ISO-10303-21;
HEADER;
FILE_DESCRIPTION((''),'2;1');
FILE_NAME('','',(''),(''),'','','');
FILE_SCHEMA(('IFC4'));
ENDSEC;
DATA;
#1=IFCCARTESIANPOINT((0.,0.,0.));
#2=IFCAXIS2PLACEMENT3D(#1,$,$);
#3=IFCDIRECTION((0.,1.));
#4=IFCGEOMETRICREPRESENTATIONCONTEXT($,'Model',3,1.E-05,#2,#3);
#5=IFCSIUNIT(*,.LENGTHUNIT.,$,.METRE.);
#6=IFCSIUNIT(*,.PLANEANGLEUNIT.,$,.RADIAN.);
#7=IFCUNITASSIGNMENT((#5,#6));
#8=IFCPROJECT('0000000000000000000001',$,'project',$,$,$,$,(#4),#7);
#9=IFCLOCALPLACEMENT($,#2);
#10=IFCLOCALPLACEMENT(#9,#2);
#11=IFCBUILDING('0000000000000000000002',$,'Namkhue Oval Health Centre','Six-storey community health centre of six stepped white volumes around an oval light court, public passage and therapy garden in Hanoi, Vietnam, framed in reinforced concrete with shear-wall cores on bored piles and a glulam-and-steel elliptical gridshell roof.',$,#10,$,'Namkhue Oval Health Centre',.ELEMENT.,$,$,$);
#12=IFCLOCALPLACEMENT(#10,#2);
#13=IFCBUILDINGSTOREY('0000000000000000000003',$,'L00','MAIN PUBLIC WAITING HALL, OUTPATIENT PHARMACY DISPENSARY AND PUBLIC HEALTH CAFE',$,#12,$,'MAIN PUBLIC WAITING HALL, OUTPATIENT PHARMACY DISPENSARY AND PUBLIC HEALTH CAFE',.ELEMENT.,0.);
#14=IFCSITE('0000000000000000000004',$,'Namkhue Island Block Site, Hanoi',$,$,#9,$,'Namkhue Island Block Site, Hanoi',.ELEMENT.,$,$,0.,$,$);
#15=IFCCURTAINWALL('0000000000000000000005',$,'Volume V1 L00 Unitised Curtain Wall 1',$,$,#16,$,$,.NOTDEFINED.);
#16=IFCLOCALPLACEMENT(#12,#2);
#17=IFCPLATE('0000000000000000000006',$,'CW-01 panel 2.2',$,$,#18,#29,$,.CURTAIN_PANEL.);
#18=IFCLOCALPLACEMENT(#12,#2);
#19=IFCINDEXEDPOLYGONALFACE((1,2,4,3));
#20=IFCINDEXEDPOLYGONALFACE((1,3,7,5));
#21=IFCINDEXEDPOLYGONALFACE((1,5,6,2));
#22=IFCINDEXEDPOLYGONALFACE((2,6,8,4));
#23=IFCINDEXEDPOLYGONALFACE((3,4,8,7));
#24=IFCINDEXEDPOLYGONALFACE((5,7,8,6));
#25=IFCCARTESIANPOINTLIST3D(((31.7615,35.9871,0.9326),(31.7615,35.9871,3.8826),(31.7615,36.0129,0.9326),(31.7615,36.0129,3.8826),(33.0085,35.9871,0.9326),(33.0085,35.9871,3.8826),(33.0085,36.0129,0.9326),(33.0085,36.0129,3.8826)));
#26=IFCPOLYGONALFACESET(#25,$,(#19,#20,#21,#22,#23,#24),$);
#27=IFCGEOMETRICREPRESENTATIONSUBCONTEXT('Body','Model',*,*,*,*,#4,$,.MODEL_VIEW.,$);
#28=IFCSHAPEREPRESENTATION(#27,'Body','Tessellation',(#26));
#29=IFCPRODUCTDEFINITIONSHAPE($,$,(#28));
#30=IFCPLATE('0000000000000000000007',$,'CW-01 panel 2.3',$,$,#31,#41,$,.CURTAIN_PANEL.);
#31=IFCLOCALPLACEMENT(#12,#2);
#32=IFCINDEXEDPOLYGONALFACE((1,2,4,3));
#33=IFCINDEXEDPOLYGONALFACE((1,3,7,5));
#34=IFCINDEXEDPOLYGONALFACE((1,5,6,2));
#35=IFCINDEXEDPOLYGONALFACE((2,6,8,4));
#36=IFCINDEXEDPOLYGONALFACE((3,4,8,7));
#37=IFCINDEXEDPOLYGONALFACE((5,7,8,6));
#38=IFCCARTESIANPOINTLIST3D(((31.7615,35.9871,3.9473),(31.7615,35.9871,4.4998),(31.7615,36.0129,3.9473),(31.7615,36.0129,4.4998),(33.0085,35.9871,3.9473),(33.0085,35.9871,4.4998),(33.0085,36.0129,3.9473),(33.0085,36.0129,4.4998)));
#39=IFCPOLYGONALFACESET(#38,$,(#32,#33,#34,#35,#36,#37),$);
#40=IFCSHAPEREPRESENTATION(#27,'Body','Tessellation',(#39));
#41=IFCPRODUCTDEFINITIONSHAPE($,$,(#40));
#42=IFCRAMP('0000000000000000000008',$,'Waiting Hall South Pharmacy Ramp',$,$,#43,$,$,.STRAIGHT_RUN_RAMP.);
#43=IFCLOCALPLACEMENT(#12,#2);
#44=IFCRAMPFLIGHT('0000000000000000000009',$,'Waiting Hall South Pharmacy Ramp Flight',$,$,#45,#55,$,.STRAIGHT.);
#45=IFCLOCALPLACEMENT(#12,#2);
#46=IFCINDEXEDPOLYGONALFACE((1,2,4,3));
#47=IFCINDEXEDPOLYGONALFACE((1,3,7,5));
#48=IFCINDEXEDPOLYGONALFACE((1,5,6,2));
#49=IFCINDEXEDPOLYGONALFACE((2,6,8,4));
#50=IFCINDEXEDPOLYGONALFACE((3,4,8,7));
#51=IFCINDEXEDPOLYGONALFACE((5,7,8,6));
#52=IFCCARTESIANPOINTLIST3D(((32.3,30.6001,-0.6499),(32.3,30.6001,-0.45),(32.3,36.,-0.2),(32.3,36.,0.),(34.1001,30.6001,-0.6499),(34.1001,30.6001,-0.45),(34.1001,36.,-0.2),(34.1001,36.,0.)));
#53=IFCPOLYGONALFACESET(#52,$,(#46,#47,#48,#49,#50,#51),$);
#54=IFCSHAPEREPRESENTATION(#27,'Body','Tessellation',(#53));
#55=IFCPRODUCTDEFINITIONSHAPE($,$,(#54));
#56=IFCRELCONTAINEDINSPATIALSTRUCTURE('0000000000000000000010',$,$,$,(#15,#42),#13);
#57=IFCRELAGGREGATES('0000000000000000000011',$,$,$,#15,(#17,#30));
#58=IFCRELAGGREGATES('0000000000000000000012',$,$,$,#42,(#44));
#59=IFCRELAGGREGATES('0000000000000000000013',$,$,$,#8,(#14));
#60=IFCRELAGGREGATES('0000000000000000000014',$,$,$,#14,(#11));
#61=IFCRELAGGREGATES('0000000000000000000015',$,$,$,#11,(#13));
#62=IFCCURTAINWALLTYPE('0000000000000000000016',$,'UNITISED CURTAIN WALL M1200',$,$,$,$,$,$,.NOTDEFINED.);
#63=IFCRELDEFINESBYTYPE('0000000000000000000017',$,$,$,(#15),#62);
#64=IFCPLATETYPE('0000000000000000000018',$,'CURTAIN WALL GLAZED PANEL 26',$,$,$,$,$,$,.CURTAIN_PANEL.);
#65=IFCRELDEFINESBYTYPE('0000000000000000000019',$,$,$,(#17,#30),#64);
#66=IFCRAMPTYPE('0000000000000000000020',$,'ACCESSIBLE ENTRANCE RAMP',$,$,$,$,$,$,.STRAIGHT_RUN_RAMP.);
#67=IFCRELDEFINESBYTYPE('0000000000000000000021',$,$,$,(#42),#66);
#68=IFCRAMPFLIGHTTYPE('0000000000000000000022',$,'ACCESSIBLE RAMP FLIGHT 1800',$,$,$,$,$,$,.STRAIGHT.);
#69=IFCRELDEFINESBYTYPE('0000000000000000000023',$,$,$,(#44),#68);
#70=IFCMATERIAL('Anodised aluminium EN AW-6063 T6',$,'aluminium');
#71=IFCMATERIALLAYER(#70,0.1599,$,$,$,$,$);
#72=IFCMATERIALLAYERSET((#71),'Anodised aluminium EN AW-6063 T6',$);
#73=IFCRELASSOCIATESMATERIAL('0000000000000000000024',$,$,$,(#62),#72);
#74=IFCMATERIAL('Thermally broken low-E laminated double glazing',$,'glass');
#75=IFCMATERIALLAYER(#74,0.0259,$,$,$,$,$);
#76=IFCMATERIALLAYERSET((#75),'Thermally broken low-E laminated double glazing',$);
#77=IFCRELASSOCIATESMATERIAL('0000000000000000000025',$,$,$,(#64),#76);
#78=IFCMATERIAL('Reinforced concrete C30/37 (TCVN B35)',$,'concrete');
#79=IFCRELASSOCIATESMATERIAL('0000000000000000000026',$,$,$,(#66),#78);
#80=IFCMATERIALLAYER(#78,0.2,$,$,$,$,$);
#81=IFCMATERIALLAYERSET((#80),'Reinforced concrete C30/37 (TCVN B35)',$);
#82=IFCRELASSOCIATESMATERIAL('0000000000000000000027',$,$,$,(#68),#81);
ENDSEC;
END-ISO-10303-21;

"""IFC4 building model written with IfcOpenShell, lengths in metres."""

from ifc_helpers import new_model, si_unit, direction, frame, origin, origin_2d, place, context, subcontext, project, spatial, polyline, rectangle, outline, extrude, material, layer, layer_set, type_object, element, aggregate, save


model = new_model("IFC4")

# Units and contexts
model_context = context("Model", 3, precision=1e-05, world=origin(), true_north=direction((0.0, 1.0)))
body_context = subcontext(model_context, "Body", "Model", "MODEL_VIEW")
ifc_project = project(units=[si_unit("LENGTHUNIT", "METRE"), si_unit("PLANEANGLEUNIT", "RADIAN")], contexts=[model_context])

# Site, building, storey
site_placement = place(None, origin())
site = spatial("IfcSite", under=ifc_project, at=site_placement, Name="Namkhue Island Block Site, Hanoi", LongName="Namkhue Island Block Site, Hanoi", CompositionType="ELEMENT", RefElevation=0.0)
building_placement = place(site_placement, origin())
building = spatial("IfcBuilding", under=site, at=building_placement, Name="Namkhue Oval Health Centre", Description="Six-storey community health centre of six stepped white volumes around an oval light court, public passage and therapy garden in Hanoi, Vietnam, framed in reinforced concrete with shear-wall cores on bored piles and a glulam-and-steel elliptical gridshell roof.", LongName="Namkhue Oval Health Centre", CompositionType="ELEMENT")
storey_placement = place(building_placement, origin())
storey = spatial("IfcBuildingStorey", under=building, at=storey_placement, Name="L00", Description="MAIN PUBLIC WAITING HALL, OUTPATIENT PHARMACY DISPENSARY AND PUBLIC HEALTH CAFE", LongName="MAIN PUBLIC WAITING HALL, OUTPATIENT PHARMACY DISPENSARY AND PUBLIC HEALTH CAFE", CompositionType="ELEMENT", Elevation=0.0)

# Shared definitions
ifc_material_1 = material(Name="Reinforced concrete C30/37 (TCVN B35)", Category="concrete")

# Curtain wall, plates
ifc_material_2 = material(Name="Anodised aluminium EN AW-6063 T6", Category="aluminium")
ifc_layer_1 = layer(ifc_material_2, 0.1599)
ifc_layer_set_1 = layer_set([ifc_layer_1], Name="Anodised aluminium EN AW-6063 T6")
curtain_wall_type = type_object("IfcCurtainWallType", Name="UNITISED CURTAIN WALL M1200", PredefinedType="NOTDEFINED", material=ifc_layer_set_1)
curtain_wall_placement = place(storey_placement, origin())
curtain_wall = element("IfcCurtainWall", 1, at=curtain_wall_placement, inside=storey, type_object=curtain_wall_type, Name="Volume V1 L00 Unitised Curtain Wall 1", PredefinedType="NOTDEFINED")
ifc_material_3 = material(Name="Thermally broken low-E laminated double glazing", Category="glass")
ifc_layer_2 = layer(ifc_material_3, 0.0259)
ifc_layer_set_2 = layer_set([ifc_layer_2], Name="Thermally broken low-E laminated double glazing")
plate_type = type_object("IfcPlateType", Name="CURTAIN WALL GLAZED PANEL 26", PredefinedType="CURTAIN_PANEL", material=ifc_layer_set_2)
plate_1_placement = place(storey_placement, frame((32.385, 36.0, 0.9326), z_axis=(0.0, 0.0, 1.0), x_axis=(1.0, 0.0, 0.0)))
plate_1 = element("IfcPlate", 2, at=plate_1_placement, type_object=plate_type, Name="CW-01 panel 2.2", PredefinedType="CURTAIN_PANEL", context=body_context, shape_type="SweptSolid", body=[
    extrude(rectangle(XDim=1.2471, YDim=0.0259, at=origin_2d()), origin(), (0.0, 0.0, 1.0), 2.95),
])
plate_2_placement = place(storey_placement, frame((32.385, 36.0, 3.9473), z_axis=(0.0, 0.0, 1.0), x_axis=(1.0, 0.0, 0.0)))
plate_2 = element("IfcPlate", 3, at=plate_2_placement, type_object=plate_type, Name="CW-01 panel 2.3", PredefinedType="CURTAIN_PANEL", context=body_context, shape_type="SweptSolid", body=[
    extrude(rectangle(XDim=1.2471, YDim=0.0259, at=origin_2d()), origin(), (0.0, 0.0, 1.0), 0.5525),
])
aggregate(curtain_wall, [plate_1, plate_2])

# Ramp, ramp flight
ramp_type = type_object("IfcRampType", Name="ACCESSIBLE ENTRANCE RAMP", PredefinedType="STRAIGHT_RUN_RAMP", material=ifc_material_1)
ramp_placement = place(storey_placement, origin())
ramp = element("IfcRamp", 4, at=ramp_placement, inside=storey, type_object=ramp_type, Name="Waiting Hall South Pharmacy Ramp", PredefinedType="STRAIGHT_RUN_RAMP")
ifc_layer_3 = layer(ifc_material_1, 0.2)
ifc_layer_set_3 = layer_set([ifc_layer_3], Name="Reinforced concrete C30/37 (TCVN B35)")
ramp_flight_type = type_object("IfcRampFlightType", Name="ACCESSIBLE RAMP FLIGHT 1800", PredefinedType="STRAIGHT", material=ifc_layer_set_3)
ramp_flight_placement = place(storey_placement, frame((33.2, 30.6001, -0.45), z_axis=(0.0, 0.0, 1.0), x_axis=(0.0, 1.0, 0.0)))
ramp_flight = element("IfcRampFlight", 5, at=ramp_flight_placement, type_object=ramp_flight_type, Name="Waiting Hall South Pharmacy Ramp Flight", PredefinedType="STRAIGHT", context=body_context, shape_type="SweptSolid", body=[
    extrude(outline(polyline([(0.0, 0.0), (5.3999, 0.45), (5.3999, 0.25), (0.0, -0.2), (0.0, 0.0)])), frame((0.0, 0.8999, 0.0), z_axis=(0.0, -1.0, 0.0), x_axis=(1.0, 0.0, 0.0)), (0.0, 0.0, 1.0), 1.8),
])
aggregate(ramp, [ramp_flight])

save(model, "model.ifc")
